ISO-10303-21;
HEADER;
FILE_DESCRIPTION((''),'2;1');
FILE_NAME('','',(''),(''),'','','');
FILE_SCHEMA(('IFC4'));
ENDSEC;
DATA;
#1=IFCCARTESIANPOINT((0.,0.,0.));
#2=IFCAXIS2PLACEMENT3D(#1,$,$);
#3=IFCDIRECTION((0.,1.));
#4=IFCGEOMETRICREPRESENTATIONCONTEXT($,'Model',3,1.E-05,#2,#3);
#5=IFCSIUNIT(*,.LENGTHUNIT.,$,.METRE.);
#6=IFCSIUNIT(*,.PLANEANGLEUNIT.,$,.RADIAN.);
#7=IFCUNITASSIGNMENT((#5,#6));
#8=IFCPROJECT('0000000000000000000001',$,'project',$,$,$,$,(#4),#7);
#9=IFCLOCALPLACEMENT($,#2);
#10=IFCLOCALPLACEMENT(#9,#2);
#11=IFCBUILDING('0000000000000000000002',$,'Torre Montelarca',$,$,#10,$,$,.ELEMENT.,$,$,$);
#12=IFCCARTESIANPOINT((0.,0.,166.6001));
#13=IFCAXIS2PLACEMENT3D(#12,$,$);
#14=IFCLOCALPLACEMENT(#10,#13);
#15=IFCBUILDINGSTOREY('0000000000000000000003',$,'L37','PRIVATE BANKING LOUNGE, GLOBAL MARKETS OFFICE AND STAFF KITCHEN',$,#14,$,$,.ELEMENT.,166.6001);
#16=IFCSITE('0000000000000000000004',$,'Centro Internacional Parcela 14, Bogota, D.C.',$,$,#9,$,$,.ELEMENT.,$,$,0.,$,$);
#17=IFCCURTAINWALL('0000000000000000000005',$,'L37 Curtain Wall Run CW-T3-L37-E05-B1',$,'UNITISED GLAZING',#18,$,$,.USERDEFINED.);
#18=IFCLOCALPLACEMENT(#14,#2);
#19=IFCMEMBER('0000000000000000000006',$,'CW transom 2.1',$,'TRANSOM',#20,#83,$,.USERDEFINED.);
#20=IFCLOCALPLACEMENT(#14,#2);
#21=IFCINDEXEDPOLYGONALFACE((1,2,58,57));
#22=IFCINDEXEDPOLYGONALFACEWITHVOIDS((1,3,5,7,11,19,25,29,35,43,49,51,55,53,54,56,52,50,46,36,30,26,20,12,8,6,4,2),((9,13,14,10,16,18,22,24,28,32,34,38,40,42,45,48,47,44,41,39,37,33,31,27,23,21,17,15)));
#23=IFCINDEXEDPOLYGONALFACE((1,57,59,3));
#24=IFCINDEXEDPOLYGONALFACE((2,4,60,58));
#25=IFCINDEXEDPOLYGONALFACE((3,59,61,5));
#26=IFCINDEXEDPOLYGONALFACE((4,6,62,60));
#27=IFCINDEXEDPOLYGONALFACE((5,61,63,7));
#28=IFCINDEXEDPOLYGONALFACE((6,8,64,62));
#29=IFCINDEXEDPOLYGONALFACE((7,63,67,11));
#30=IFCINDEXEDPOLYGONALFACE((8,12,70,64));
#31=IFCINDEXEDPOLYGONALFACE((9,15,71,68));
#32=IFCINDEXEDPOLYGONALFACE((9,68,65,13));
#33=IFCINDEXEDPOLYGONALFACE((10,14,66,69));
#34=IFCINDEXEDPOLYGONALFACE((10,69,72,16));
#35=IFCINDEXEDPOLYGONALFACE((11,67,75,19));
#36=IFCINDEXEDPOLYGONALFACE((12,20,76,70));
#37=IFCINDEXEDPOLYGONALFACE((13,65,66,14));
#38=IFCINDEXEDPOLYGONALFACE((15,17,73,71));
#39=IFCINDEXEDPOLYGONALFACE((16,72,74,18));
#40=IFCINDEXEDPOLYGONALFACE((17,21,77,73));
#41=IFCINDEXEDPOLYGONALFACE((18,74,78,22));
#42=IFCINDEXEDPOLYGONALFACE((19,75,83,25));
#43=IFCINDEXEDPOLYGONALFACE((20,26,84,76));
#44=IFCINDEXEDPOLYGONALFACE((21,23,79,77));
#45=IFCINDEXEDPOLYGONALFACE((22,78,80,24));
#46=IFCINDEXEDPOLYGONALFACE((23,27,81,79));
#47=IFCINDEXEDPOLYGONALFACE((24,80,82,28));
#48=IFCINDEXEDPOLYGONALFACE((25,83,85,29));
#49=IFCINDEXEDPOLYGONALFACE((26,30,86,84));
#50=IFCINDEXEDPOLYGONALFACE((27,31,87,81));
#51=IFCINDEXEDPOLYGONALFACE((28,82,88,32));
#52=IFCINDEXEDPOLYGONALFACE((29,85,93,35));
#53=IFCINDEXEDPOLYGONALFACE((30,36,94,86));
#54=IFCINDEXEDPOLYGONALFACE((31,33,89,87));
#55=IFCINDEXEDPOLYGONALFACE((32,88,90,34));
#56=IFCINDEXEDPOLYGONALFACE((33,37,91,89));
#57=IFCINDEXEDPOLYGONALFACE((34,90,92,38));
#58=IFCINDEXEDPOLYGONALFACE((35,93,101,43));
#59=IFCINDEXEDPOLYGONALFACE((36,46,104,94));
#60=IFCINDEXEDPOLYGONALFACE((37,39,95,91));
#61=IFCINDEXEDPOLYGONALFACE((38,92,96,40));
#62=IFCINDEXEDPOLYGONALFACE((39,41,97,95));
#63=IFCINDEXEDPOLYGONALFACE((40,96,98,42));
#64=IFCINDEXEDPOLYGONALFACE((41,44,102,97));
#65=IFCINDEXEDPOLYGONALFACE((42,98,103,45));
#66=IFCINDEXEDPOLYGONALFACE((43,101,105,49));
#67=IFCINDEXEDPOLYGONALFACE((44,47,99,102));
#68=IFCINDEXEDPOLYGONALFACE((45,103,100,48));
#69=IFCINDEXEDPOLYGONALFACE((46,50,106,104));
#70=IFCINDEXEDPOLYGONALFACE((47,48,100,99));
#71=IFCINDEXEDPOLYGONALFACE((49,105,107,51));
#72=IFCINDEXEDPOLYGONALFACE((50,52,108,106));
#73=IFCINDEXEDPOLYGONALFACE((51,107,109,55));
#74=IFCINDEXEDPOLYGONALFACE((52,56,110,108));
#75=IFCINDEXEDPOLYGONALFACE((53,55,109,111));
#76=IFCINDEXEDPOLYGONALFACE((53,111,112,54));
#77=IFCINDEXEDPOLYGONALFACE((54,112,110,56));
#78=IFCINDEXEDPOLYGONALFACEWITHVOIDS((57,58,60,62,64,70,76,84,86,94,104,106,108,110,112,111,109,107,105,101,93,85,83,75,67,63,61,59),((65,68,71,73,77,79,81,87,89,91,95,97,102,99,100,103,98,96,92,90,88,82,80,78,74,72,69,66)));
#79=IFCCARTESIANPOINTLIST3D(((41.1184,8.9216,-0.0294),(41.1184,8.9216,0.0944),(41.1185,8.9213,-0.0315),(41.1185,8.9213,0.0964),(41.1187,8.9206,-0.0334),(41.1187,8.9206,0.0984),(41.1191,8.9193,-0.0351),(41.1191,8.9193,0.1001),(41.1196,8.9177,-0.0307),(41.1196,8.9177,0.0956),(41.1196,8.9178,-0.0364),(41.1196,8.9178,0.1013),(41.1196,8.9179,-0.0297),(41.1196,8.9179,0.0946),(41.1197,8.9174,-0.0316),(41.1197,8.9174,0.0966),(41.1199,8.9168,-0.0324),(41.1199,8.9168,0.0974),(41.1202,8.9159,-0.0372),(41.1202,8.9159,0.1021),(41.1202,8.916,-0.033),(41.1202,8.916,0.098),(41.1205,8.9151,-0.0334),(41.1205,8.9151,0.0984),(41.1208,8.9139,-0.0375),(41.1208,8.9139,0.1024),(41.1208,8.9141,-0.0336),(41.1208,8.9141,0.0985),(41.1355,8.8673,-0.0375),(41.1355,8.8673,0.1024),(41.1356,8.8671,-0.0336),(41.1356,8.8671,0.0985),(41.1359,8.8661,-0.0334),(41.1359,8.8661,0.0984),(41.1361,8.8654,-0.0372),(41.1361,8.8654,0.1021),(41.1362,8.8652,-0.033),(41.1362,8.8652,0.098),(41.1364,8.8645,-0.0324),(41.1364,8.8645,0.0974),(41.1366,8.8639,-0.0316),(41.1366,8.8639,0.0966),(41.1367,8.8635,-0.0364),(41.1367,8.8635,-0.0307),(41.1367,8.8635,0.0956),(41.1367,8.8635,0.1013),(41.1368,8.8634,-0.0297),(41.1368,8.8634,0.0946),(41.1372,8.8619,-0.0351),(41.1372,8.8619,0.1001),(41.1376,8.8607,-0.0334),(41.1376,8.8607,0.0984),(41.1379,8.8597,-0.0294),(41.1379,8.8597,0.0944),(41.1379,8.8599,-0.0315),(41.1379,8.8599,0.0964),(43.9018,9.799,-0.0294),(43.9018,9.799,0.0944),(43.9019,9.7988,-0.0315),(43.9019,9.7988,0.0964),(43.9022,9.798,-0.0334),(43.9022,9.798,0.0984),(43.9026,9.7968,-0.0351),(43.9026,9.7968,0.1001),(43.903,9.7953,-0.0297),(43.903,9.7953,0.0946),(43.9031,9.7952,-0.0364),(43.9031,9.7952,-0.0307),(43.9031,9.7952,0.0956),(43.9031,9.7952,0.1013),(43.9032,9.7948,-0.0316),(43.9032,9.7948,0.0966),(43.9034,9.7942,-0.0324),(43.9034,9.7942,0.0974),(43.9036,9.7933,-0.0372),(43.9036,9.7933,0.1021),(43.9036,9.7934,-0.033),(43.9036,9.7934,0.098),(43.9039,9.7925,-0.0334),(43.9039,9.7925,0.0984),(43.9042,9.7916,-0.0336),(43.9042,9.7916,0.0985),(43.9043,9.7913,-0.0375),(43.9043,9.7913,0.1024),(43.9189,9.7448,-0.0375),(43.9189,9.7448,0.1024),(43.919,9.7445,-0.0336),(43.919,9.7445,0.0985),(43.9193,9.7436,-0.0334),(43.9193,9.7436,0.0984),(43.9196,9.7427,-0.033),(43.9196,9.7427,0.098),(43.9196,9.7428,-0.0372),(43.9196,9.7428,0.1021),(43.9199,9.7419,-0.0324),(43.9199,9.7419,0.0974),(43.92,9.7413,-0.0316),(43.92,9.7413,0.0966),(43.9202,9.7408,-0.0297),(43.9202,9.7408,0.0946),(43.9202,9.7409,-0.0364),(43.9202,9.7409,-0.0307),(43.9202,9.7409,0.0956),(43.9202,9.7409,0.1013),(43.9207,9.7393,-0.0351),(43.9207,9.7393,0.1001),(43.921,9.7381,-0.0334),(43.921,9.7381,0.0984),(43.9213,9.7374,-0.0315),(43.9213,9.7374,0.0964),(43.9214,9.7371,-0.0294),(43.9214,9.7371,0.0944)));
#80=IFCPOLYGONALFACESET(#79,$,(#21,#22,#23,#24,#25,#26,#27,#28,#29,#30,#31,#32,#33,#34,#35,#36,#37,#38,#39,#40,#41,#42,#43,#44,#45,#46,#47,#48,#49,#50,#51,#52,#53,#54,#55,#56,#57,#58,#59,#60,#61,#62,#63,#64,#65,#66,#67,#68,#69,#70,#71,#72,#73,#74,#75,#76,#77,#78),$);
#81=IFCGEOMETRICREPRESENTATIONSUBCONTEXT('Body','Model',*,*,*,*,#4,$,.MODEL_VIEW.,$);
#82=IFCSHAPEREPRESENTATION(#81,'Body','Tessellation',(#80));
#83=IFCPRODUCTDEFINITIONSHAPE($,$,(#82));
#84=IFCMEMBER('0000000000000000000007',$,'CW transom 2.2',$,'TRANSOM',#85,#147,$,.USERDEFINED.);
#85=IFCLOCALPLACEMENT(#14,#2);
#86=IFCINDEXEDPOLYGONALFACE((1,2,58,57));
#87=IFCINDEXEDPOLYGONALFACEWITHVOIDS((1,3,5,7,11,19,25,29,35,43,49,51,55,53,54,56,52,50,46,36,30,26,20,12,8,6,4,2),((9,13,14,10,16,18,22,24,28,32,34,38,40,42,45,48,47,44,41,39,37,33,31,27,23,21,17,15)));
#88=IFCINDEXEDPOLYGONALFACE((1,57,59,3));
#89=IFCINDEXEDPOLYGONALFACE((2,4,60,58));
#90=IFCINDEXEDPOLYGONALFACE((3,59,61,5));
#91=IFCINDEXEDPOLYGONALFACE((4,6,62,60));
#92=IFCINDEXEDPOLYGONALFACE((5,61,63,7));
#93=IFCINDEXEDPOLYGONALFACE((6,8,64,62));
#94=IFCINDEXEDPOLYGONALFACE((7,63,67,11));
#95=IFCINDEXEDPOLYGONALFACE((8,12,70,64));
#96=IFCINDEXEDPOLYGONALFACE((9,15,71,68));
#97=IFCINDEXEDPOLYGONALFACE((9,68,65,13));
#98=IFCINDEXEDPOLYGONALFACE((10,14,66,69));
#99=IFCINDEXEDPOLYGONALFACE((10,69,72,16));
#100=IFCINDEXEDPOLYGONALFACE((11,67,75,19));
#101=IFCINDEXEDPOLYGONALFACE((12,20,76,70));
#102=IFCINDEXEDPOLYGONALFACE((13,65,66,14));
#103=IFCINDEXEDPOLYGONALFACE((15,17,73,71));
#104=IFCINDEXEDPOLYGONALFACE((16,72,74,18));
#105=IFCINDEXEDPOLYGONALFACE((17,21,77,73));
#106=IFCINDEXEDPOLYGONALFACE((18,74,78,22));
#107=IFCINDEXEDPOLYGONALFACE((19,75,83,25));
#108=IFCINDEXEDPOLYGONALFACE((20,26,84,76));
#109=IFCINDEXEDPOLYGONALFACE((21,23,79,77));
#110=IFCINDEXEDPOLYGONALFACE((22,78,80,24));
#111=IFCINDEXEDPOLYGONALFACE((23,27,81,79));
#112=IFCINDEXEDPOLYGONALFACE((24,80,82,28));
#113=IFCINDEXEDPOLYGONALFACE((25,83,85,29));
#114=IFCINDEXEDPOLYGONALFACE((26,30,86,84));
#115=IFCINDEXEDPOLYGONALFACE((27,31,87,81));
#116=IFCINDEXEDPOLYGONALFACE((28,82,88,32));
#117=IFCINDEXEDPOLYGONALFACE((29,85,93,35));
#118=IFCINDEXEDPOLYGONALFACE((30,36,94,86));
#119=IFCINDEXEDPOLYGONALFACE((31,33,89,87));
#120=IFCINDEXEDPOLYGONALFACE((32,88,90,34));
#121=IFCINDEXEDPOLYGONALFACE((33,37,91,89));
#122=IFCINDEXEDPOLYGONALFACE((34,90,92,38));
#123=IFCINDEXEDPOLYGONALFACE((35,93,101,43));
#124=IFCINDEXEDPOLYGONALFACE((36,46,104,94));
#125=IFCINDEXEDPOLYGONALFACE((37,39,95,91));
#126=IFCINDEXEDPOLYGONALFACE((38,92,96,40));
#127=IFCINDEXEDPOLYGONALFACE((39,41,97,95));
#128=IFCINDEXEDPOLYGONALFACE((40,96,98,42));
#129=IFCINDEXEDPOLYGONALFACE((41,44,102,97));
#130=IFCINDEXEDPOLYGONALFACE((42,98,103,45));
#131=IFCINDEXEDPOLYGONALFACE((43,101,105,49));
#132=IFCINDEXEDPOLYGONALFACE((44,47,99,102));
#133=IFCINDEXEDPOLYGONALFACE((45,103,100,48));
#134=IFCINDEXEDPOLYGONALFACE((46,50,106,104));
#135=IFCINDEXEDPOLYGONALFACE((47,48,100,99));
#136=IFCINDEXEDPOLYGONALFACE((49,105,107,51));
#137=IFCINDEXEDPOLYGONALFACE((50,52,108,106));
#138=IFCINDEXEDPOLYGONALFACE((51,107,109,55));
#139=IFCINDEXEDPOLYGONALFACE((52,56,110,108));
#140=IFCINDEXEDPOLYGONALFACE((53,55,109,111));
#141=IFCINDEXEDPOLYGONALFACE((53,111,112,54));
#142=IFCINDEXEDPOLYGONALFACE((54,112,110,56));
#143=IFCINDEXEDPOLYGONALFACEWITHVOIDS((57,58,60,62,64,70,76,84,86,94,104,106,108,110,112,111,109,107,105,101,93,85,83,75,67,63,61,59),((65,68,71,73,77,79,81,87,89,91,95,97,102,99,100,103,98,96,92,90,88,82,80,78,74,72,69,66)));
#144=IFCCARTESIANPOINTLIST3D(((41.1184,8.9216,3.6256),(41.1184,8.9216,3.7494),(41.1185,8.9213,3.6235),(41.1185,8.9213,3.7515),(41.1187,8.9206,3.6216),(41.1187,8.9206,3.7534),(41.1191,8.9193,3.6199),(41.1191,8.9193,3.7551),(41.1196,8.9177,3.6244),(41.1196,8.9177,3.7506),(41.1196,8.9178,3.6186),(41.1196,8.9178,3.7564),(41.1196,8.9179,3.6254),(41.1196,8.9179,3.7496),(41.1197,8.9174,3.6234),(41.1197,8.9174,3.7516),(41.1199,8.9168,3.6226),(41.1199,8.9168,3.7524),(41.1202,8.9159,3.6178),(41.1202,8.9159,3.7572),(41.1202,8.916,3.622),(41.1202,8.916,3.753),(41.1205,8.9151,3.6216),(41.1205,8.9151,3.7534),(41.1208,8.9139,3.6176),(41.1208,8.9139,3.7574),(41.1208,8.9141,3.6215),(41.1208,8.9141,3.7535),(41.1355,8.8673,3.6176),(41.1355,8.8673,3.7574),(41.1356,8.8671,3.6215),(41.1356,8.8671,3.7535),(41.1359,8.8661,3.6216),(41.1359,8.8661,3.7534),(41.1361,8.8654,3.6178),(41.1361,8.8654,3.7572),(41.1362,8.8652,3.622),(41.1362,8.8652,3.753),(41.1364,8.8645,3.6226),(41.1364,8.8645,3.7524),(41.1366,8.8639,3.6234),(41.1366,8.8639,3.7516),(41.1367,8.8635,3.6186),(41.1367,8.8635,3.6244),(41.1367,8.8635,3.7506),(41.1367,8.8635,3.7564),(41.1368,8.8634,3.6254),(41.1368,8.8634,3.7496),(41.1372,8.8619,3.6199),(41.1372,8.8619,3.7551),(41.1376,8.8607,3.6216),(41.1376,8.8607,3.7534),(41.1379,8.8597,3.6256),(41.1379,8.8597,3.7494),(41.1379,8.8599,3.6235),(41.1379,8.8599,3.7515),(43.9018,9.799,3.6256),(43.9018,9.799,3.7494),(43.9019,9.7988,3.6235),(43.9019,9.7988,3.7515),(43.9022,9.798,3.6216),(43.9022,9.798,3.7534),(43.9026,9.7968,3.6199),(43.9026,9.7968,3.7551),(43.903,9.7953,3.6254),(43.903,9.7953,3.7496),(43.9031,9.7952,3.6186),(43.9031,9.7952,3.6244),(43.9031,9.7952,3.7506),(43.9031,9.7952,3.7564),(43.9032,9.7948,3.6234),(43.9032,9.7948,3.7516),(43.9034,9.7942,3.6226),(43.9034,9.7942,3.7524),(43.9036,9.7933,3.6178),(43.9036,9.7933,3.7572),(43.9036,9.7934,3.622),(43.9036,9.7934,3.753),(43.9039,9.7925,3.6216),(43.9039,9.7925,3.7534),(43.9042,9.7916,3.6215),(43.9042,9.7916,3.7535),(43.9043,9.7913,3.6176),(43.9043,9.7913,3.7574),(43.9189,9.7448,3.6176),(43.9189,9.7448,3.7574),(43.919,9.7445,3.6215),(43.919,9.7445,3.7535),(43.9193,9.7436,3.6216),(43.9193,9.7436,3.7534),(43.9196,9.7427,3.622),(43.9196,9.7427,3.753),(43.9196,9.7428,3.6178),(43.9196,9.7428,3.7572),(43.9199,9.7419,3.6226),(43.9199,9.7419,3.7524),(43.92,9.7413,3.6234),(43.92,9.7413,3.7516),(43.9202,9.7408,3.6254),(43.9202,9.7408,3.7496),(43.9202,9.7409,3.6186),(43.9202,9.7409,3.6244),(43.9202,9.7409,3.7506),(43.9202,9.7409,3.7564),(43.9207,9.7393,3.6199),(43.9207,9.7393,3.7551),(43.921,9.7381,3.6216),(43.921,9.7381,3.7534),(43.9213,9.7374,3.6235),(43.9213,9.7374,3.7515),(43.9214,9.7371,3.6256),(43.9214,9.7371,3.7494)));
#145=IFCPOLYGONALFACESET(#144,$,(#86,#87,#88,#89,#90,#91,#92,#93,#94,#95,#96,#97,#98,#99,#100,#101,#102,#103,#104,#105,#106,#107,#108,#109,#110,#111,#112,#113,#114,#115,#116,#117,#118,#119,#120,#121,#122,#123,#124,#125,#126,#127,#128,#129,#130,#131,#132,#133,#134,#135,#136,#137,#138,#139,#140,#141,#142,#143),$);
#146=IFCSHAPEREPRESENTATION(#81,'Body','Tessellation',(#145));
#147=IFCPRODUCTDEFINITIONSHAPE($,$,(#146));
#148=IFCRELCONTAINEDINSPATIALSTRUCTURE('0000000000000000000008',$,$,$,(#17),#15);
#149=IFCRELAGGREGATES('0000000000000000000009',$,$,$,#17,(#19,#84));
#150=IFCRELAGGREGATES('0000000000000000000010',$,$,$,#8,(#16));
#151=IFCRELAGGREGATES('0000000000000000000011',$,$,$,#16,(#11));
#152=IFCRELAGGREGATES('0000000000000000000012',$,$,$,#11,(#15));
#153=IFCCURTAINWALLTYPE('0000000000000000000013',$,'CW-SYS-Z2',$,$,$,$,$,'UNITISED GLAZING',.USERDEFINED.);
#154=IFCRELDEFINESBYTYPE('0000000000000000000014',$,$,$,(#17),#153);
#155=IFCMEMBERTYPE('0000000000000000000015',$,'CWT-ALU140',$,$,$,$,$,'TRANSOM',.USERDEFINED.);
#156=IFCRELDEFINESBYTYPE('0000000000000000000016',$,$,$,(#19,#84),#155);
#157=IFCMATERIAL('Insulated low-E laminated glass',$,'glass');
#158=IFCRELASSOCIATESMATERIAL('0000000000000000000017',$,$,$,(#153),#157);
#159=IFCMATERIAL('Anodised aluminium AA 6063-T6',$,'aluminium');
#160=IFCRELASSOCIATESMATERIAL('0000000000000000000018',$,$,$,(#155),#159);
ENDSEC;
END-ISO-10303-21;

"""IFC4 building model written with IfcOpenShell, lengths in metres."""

from ifc_helpers import new_model, si_unit, direction, frame, origin, origin_2d, place, context, subcontext, project, spatial, hollow_rectangle, extrude, source, transform, mapped, material, material_profile, profile_set, type_object, element, aggregate, save


model = new_model("IFC4")

# Units and contexts
model_context = context("Model", 3, precision=1e-05, world=origin(), true_north=direction((0.0, 1.0)))
body_context = subcontext(model_context, "Body", "Model", "MODEL_VIEW")
ifc_project = project(units=[si_unit("LENGTHUNIT", "METRE"), si_unit("PLANEANGLEUNIT", "RADIAN")], contexts=[model_context])

# Site, building, storey
site_placement = place(None, origin())
site = spatial("IfcSite", under=ifc_project, at=site_placement, Name="Centro Internacional Parcela 14, Bogota, D.C.", CompositionType="ELEMENT", RefElevation=0.0)
building_placement = place(site_placement, origin())
building = spatial("IfcBuilding", under=site, at=building_placement, Name="Torre Montelarca", CompositionType="ELEMENT")
storey_placement = place(building_placement, frame((0.0, 0.0, 166.6001)))
storey = spatial("IfcBuildingStorey", under=building, at=storey_placement, Name="L37", Description="PRIVATE BANKING LOUNGE, GLOBAL MARKETS OFFICE AND STAFF KITCHEN", CompositionType="ELEMENT", Elevation=166.6001)

# Curtain wall, members
ifc_material_1 = material(Name="Insulated low-E laminated glass", Category="glass")
curtain_wall_type = type_object("IfcCurtainWallType", Name="CW-SYS-Z2", ElementType="UNITISED GLAZING", PredefinedType="USERDEFINED", material=ifc_material_1)
curtain_wall_1_placement = place(storey_placement, origin())
curtain_wall_1 = element("IfcCurtainWall", 1, at=curtain_wall_1_placement, inside=storey, type_object=curtain_wall_type, Name="L37 Curtain Wall Run CW-T3-L37-E05-B1", ObjectType="UNITISED GLAZING", PredefinedType="USERDEFINED")
ifc_material_2 = material(Name="Anodised aluminium AA 6063-T6", Category="aluminium")
ifc_material_profile_1 = material_profile(ifc_material_2, hollow_rectangle(XDim=0.0649, YDim=0.1399, WallThickness=0.0039, InnerFilletRadius=0.0039, OuterFilletRadius=0.0081, at=origin_2d()), Name="ALU65X140X4", Category="aluminium")
ifc_profile_set_1 = profile_set([ifc_material_profile_1], Name="Anodised aluminium AA 6063-T6")
member_type_1 = type_object("IfcMemberType", Name="CWT-ALU140", ElementType="TRANSOM", PredefinedType="USERDEFINED", material=ifc_profile_set_1)
shared_shape_1 = source(origin(), body_context, "Body", "SweptSolid", [
    extrude(hollow_rectangle(XDim=0.0649, YDim=0.1399, WallThickness=0.0039, InnerFilletRadius=0.0039, OuterFilletRadius=0.0081, at=origin_2d()), origin(), (0.0, 0.0, 1.0), 2.9185),
])
member_1_placement = place(storey_placement, frame((41.1282, 8.8906, 0.0325), z_axis=(0.953734, 0.300651, 0.0), x_axis=(-0.300651, 0.953734, 0.0)))
member_1 = element("IfcMember", 2, at=member_1_placement, type_object=member_type_1, Name="CW transom 2.1", ObjectType="TRANSOM", PredefinedType="USERDEFINED", context=body_context, shape_type="MappedRepresentation", body=[
    mapped(shared_shape_1, transform((0.0, 0.0, 0.0), scale=1.0)),
])
member_2_placement = place(storey_placement, frame((41.1282, 8.8906, 3.6875), z_axis=(0.953734, 0.300651, 0.0), x_axis=(-0.300651, 0.953734, 0.0)))
member_2 = element("IfcMember", 3, at=member_2_placement, type_object=member_type_1, Name="CW transom 2.2", ObjectType="TRANSOM", PredefinedType="USERDEFINED", context=body_context, shape_type="MappedRepresentation", body=[
    mapped(shared_shape_1, transform((0.0, 0.0, 0.0), scale=1.0)),
])

aggregate(curtain_wall_1, [member_1, member_2])

save(model, "model.ifc")
